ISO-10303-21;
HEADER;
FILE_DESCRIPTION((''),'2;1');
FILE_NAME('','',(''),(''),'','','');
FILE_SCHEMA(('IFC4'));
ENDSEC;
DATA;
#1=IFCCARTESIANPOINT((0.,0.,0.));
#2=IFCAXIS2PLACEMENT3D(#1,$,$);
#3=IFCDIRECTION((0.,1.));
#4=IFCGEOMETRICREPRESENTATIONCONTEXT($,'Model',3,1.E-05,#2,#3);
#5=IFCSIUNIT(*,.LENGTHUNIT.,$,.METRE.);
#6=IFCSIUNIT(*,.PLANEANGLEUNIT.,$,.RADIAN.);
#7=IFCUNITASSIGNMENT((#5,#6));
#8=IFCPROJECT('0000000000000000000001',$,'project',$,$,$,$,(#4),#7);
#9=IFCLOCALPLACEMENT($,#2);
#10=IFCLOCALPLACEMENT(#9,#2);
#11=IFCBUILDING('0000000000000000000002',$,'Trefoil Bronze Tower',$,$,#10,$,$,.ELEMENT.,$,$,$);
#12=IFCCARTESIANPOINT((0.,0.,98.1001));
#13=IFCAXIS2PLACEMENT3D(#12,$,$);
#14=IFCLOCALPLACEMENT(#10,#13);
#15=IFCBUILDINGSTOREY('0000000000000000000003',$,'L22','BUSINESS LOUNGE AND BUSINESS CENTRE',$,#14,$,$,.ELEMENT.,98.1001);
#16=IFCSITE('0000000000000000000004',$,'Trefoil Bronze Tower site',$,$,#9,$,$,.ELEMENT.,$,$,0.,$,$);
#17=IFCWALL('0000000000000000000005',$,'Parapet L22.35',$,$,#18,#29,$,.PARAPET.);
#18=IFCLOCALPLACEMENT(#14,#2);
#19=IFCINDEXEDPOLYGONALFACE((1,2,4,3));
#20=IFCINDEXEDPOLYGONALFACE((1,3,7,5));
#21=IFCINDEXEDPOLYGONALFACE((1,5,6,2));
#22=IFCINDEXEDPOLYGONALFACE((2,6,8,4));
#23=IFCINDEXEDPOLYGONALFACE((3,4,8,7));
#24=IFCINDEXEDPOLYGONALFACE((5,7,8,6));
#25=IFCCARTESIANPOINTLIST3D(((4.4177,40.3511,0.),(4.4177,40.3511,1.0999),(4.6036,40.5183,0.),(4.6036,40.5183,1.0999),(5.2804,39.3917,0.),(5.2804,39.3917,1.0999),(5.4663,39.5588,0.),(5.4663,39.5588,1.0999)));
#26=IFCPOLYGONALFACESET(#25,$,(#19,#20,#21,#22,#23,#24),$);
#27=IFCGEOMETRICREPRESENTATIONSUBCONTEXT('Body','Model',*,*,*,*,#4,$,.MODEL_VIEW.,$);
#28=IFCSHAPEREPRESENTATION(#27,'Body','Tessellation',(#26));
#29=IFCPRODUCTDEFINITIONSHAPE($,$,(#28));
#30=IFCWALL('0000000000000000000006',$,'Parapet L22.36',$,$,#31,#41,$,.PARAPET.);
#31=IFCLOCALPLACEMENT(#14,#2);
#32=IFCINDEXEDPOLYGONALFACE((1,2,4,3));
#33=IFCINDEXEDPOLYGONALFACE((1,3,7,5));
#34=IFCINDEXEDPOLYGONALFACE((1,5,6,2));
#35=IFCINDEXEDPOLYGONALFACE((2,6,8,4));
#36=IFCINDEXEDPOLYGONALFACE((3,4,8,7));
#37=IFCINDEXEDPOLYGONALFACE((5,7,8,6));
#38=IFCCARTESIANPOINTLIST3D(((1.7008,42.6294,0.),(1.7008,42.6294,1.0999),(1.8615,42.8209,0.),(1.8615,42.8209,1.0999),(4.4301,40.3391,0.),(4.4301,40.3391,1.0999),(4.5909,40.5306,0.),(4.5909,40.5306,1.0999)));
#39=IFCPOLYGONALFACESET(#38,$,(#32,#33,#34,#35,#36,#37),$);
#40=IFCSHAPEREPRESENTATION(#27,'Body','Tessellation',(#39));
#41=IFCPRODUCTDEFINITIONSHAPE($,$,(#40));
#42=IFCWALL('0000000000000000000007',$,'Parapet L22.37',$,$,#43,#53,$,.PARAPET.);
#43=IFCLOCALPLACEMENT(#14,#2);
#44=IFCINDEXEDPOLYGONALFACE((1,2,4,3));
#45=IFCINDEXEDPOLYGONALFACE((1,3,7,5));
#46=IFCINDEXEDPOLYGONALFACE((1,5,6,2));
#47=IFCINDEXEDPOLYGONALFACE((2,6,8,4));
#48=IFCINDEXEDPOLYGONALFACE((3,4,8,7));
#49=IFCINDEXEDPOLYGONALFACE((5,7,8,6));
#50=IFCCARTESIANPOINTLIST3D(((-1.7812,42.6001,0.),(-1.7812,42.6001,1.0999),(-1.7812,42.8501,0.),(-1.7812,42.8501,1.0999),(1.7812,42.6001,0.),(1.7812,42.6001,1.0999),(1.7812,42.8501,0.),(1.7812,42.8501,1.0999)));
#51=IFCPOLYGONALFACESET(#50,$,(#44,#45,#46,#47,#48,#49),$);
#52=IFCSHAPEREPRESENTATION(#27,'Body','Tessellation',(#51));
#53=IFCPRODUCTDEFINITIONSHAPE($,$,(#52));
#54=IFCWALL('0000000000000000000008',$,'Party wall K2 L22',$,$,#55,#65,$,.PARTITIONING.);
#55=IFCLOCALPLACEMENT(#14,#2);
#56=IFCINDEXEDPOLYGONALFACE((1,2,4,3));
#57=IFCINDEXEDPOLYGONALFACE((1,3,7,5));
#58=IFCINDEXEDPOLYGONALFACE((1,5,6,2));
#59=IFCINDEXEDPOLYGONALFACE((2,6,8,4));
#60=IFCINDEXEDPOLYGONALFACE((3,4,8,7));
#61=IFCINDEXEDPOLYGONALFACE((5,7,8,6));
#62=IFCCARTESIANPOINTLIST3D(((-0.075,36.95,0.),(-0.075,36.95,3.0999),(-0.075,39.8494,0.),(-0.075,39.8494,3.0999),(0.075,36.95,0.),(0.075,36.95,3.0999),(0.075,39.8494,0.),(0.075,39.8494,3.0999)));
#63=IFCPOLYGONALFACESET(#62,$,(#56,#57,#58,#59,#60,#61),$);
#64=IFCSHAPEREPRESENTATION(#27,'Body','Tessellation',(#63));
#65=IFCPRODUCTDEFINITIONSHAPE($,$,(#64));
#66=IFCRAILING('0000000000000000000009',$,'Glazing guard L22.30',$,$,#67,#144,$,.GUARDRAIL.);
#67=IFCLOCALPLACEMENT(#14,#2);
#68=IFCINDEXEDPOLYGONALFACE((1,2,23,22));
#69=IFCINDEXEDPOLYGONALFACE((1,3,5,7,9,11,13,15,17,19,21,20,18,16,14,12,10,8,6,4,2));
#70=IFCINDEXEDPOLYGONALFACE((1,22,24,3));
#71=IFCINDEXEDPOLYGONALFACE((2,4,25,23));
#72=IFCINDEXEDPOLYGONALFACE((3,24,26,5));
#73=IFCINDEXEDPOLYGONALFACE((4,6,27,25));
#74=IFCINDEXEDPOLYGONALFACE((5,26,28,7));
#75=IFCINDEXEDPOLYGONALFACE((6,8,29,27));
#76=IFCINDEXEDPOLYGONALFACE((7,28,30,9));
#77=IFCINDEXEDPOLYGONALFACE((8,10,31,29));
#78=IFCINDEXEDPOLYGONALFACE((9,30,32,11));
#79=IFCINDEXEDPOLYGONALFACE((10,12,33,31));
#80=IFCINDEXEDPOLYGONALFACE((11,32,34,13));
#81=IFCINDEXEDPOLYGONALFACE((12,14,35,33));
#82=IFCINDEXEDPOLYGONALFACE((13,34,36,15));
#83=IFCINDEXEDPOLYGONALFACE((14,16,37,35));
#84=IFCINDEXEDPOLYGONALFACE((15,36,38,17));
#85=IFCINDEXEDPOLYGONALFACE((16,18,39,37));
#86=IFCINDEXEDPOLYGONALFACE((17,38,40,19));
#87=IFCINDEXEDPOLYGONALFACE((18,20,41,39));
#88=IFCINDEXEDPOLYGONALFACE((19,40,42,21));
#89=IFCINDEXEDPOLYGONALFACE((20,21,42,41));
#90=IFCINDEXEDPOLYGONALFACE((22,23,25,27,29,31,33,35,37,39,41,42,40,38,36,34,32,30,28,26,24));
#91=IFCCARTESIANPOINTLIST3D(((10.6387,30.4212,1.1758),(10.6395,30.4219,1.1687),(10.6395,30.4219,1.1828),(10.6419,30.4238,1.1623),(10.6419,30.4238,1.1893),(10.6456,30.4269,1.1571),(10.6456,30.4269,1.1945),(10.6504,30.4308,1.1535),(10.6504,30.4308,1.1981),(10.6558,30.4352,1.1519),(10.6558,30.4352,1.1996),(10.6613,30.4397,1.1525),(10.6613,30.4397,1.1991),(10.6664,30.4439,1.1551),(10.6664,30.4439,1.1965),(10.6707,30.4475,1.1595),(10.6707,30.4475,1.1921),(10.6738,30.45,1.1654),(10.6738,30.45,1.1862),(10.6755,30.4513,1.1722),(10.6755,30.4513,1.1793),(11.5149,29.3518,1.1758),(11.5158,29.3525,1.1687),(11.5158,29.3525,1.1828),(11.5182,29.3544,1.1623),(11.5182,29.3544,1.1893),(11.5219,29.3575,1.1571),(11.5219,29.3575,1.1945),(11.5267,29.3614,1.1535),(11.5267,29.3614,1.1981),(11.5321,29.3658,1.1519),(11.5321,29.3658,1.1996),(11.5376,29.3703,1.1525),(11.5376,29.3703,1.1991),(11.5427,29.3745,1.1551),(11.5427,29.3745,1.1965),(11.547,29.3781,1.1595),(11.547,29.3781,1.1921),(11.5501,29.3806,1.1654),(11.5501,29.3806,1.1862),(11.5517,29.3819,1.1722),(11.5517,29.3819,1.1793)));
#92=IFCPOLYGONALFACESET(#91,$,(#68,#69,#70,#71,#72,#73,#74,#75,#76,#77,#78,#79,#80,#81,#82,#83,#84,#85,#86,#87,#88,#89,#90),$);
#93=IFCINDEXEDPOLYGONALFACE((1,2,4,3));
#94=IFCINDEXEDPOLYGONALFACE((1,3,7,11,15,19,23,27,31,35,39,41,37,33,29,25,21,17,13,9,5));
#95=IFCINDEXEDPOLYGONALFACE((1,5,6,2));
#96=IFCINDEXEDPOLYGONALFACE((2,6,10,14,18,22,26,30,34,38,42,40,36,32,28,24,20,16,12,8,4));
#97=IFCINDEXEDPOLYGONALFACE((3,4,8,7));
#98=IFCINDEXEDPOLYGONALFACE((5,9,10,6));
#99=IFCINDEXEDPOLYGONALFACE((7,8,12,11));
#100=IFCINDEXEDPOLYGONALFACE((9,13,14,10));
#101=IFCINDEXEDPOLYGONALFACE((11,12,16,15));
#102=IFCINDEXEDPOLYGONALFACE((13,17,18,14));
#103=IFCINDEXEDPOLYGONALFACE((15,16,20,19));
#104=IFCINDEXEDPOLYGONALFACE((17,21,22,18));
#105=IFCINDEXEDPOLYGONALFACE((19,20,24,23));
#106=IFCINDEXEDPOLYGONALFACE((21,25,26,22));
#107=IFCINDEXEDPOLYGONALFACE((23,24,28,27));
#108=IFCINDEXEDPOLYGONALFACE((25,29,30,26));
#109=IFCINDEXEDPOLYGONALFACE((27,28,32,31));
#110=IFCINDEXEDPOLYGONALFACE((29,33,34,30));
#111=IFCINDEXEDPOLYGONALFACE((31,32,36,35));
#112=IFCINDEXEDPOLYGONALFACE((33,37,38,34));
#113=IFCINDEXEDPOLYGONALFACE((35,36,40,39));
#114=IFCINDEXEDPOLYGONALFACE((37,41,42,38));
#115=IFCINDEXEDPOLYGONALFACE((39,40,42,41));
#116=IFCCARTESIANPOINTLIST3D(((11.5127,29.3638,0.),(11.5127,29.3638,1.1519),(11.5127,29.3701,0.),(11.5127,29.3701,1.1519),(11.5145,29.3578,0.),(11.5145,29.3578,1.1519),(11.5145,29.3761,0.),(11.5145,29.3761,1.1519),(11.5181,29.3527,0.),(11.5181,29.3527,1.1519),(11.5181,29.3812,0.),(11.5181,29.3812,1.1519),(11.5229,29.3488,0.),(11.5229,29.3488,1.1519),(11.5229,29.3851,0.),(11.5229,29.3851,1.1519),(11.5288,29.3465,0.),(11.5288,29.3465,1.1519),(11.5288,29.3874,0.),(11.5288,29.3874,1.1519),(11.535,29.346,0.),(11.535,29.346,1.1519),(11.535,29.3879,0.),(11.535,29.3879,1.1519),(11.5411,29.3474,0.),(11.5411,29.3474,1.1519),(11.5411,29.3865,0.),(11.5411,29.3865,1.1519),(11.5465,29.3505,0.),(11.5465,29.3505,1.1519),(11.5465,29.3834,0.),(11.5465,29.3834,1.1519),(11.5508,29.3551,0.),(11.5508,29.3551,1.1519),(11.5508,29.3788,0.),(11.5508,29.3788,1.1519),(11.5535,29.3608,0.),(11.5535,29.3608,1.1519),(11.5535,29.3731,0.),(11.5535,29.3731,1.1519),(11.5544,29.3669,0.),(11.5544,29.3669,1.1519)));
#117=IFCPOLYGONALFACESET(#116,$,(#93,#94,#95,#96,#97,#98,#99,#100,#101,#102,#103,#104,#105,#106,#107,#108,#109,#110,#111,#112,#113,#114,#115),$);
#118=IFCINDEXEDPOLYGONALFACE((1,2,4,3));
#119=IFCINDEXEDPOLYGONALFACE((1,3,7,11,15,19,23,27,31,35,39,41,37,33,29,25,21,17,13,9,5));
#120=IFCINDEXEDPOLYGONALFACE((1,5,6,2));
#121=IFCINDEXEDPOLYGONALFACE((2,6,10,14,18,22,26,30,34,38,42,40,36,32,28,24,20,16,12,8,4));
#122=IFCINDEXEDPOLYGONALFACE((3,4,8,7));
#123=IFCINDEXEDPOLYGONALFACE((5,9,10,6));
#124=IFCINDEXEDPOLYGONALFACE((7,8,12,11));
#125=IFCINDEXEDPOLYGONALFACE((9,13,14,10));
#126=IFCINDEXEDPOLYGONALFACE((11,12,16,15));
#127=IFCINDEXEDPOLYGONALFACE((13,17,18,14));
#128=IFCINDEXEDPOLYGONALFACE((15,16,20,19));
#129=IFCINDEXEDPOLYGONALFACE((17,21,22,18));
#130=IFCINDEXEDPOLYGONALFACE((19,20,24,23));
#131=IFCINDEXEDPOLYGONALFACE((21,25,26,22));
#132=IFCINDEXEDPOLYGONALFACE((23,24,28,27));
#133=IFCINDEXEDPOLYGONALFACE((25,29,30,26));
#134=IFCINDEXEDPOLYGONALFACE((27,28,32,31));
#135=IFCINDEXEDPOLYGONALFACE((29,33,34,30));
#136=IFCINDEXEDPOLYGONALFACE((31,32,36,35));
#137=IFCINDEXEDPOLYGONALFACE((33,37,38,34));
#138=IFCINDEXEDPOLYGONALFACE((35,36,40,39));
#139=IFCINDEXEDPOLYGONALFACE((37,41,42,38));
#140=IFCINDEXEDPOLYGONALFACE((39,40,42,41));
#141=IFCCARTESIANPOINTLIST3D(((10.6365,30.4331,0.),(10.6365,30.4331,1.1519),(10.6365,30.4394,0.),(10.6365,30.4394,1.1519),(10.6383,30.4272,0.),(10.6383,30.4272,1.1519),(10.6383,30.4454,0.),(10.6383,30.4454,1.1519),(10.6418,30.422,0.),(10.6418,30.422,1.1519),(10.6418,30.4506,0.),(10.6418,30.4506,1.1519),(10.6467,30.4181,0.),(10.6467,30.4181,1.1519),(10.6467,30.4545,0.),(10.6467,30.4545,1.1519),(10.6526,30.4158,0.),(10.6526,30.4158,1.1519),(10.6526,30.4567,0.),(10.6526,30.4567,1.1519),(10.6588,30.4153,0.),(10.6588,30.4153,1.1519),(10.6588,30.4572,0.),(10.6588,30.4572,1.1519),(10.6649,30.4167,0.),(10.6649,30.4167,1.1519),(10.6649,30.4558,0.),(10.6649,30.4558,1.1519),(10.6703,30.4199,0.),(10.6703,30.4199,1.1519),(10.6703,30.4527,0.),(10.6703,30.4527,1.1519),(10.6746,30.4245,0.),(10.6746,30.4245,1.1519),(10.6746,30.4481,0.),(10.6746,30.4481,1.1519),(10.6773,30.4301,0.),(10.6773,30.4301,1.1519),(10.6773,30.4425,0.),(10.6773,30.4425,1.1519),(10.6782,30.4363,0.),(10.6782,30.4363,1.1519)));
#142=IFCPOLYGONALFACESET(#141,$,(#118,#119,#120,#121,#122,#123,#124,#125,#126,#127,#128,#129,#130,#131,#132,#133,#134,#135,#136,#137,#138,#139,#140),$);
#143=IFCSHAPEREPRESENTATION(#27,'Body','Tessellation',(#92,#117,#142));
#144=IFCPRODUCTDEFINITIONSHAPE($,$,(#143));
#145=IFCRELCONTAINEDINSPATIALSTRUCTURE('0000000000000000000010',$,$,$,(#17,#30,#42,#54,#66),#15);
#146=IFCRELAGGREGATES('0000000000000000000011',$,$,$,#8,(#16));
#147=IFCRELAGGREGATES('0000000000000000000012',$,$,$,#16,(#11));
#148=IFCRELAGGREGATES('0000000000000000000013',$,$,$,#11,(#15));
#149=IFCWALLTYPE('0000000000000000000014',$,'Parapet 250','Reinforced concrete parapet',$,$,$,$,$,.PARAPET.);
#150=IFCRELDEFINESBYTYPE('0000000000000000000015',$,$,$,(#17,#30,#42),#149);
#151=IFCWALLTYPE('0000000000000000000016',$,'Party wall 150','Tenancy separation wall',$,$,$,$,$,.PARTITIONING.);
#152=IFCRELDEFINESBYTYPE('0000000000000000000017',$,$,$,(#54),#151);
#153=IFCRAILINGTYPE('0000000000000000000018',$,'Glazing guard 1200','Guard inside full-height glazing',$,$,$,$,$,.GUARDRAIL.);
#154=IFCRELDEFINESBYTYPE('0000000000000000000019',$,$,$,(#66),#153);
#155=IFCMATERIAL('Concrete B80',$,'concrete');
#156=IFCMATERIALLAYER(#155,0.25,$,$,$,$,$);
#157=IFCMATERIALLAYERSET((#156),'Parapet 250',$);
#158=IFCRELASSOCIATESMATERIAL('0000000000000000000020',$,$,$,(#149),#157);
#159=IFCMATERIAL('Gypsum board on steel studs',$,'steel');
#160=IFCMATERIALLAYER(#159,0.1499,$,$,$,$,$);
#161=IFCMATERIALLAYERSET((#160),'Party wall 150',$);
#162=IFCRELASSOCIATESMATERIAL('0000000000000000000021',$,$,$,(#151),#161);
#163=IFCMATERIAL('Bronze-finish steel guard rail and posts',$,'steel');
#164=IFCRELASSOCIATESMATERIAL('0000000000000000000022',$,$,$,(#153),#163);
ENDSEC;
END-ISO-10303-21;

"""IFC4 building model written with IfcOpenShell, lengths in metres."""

from ifc_helpers import new_model, si_unit, direction, frame, frame_2d, origin, origin_2d, place, context, subcontext, project, spatial, rectangle, circle, extrude, material, layer, layer_set, type_object, element, save


model = new_model("IFC4")

# Units and contexts
model_context = context("Model", 3, precision=1e-05, world=origin(), true_north=direction((0.0, 1.0)))
body_context = subcontext(model_context, "Body", "Model", "MODEL_VIEW")
ifc_project = project(units=[si_unit("LENGTHUNIT", "METRE"), si_unit("PLANEANGLEUNIT", "RADIAN")], contexts=[model_context])

# Site, building, storey
site_placement = place(None, origin())
site = spatial("IfcSite", under=ifc_project, at=site_placement, Name="Trefoil Bronze Tower site", CompositionType="ELEMENT", RefElevation=0.0)
building_placement = place(site_placement, origin())
building = spatial("IfcBuilding", under=site, at=building_placement, Name="Trefoil Bronze Tower", CompositionType="ELEMENT")
storey_placement = place(building_placement, frame((0.0, 0.0, 98.1001)))
storey = spatial("IfcBuildingStorey", under=building, at=storey_placement, Name="L22", Description="BUSINESS LOUNGE AND BUSINESS CENTRE", CompositionType="ELEMENT", Elevation=98.1001)

# Walls
ifc_material_1 = material(Name="Concrete B80", Category="concrete")
ifc_layer_1 = layer(ifc_material_1, 0.25)
ifc_layer_set_1 = layer_set([ifc_layer_1], Name="Parapet 250")
wall_type_1 = type_object("IfcWallType", Name="Parapet 250", Description="Reinforced concrete parapet", PredefinedType="PARAPET", material=ifc_layer_set_1)
wall_1_placement = place(storey_placement, frame((5.3733, 39.4753, 0.0), z_axis=(0.0, 0.0, 1.0), x_axis=(-0.668651, 0.743576, 0.0)))
element("IfcWall", 1, at=wall_1_placement, inside=storey, type_object=wall_type_1, Name="Parapet L22.35", PredefinedType="PARAPET", context=body_context, shape_type="SweptSolid", body=[
    extrude(rectangle(XDim=1.2903, YDim=0.25, at=frame_2d((0.645, 0.0))), origin(), (0.0, 0.0, 1.0), 1.0999),
])
wall_2_placement = place(storey_placement, frame((4.5105, 40.4348, 0.0), z_axis=(0.0, 0.0, 1.0), x_axis=(-0.766021, 0.642816, 0.0)))
element("IfcWall", 2, at=wall_2_placement, inside=storey, type_object=wall_type_1, Name="Parapet L22.36", PredefinedType="PARAPET", context=body_context, shape_type="SweptSolid", body=[
    extrude(rectangle(XDim=3.563, YDim=0.25, at=frame_2d((1.7815, 0.0))), origin(), (0.0, 0.0, 1.0), 1.0999),
])
wall_3_placement = place(storey_placement, frame((1.7812, 42.7251, 0.0), z_axis=(0.0, 0.0, 1.0), x_axis=(-1.0, 0.0, 0.0)))
element("IfcWall", 3, at=wall_3_placement, inside=storey, type_object=wall_type_1, Name="Parapet L22.37", PredefinedType="PARAPET", context=body_context, shape_type="SweptSolid", body=[
    extrude(rectangle(XDim=3.5625, YDim=0.25, at=frame_2d((1.7812, 0.0))), origin(), (0.0, 0.0, 1.0), 1.0999),
])
ifc_material_2 = material(Name="Gypsum board on steel studs", Category="steel")
ifc_layer_2 = layer(ifc_material_2, 0.1499)
ifc_layer_set_2 = layer_set([ifc_layer_2], Name="Party wall 150")
wall_type_2 = type_object("IfcWallType", Name="Party wall 150", Description="Tenancy separation wall", PredefinedType="PARTITIONING", material=ifc_layer_set_2)
wall_4_placement = place(storey_placement, frame((0.0, 36.95, 0.0), z_axis=(0.0, 0.0, 1.0), x_axis=(0.0, 1.0, 0.0)))
element("IfcWall", 4, at=wall_4_placement, inside=storey, type_object=wall_type_2, Name="Party wall K2 L22", PredefinedType="PARTITIONING", context=body_context, shape_type="SweptSolid", body=[
    extrude(rectangle(XDim=2.8994, YDim=0.1499, at=frame_2d((1.4497, 0.0))), origin(), (0.0, 0.0, 1.0), 3.0999),
])

# Railing
ifc_material_3 = material(Name="Bronze-finish steel guard rail and posts", Category="steel")
railing_type = type_object("IfcRailingType", Name="Glazing guard 1200", Description="Guard inside full-height glazing", PredefinedType="GUARDRAIL", material=ifc_material_3)
railing_1_placement = place(storey_placement, frame((11.5334, 29.3669, 0.0)))
element("IfcRailing", 5, at=railing_1_placement, inside=storey, type_object=railing_type, Name="Glazing guard L22.30", PredefinedType="GUARDRAIL", context=body_context, shape_type="SweptSolid", body=[
    extrude(circle(Radius=0.0239, at=origin_2d()), frame((0.0, 0.0, 1.1758), z_axis=(-0.633805, 0.773493, 0.0), x_axis=(-0.773493, -0.633805, 0.0)), (0.0, 0.0, 1.0), 1.3826),
    extrude(circle(Radius=0.021, at=origin_2d()), origin(), (0.0, 0.0, 1.0), 1.1519),
    extrude(circle(Radius=0.021, at=origin_2d()), frame((-0.8762, 1.0693, 0.0)), (0.0, 0.0, 1.0), 1.1519),
])

save(model, "model.ifc")
